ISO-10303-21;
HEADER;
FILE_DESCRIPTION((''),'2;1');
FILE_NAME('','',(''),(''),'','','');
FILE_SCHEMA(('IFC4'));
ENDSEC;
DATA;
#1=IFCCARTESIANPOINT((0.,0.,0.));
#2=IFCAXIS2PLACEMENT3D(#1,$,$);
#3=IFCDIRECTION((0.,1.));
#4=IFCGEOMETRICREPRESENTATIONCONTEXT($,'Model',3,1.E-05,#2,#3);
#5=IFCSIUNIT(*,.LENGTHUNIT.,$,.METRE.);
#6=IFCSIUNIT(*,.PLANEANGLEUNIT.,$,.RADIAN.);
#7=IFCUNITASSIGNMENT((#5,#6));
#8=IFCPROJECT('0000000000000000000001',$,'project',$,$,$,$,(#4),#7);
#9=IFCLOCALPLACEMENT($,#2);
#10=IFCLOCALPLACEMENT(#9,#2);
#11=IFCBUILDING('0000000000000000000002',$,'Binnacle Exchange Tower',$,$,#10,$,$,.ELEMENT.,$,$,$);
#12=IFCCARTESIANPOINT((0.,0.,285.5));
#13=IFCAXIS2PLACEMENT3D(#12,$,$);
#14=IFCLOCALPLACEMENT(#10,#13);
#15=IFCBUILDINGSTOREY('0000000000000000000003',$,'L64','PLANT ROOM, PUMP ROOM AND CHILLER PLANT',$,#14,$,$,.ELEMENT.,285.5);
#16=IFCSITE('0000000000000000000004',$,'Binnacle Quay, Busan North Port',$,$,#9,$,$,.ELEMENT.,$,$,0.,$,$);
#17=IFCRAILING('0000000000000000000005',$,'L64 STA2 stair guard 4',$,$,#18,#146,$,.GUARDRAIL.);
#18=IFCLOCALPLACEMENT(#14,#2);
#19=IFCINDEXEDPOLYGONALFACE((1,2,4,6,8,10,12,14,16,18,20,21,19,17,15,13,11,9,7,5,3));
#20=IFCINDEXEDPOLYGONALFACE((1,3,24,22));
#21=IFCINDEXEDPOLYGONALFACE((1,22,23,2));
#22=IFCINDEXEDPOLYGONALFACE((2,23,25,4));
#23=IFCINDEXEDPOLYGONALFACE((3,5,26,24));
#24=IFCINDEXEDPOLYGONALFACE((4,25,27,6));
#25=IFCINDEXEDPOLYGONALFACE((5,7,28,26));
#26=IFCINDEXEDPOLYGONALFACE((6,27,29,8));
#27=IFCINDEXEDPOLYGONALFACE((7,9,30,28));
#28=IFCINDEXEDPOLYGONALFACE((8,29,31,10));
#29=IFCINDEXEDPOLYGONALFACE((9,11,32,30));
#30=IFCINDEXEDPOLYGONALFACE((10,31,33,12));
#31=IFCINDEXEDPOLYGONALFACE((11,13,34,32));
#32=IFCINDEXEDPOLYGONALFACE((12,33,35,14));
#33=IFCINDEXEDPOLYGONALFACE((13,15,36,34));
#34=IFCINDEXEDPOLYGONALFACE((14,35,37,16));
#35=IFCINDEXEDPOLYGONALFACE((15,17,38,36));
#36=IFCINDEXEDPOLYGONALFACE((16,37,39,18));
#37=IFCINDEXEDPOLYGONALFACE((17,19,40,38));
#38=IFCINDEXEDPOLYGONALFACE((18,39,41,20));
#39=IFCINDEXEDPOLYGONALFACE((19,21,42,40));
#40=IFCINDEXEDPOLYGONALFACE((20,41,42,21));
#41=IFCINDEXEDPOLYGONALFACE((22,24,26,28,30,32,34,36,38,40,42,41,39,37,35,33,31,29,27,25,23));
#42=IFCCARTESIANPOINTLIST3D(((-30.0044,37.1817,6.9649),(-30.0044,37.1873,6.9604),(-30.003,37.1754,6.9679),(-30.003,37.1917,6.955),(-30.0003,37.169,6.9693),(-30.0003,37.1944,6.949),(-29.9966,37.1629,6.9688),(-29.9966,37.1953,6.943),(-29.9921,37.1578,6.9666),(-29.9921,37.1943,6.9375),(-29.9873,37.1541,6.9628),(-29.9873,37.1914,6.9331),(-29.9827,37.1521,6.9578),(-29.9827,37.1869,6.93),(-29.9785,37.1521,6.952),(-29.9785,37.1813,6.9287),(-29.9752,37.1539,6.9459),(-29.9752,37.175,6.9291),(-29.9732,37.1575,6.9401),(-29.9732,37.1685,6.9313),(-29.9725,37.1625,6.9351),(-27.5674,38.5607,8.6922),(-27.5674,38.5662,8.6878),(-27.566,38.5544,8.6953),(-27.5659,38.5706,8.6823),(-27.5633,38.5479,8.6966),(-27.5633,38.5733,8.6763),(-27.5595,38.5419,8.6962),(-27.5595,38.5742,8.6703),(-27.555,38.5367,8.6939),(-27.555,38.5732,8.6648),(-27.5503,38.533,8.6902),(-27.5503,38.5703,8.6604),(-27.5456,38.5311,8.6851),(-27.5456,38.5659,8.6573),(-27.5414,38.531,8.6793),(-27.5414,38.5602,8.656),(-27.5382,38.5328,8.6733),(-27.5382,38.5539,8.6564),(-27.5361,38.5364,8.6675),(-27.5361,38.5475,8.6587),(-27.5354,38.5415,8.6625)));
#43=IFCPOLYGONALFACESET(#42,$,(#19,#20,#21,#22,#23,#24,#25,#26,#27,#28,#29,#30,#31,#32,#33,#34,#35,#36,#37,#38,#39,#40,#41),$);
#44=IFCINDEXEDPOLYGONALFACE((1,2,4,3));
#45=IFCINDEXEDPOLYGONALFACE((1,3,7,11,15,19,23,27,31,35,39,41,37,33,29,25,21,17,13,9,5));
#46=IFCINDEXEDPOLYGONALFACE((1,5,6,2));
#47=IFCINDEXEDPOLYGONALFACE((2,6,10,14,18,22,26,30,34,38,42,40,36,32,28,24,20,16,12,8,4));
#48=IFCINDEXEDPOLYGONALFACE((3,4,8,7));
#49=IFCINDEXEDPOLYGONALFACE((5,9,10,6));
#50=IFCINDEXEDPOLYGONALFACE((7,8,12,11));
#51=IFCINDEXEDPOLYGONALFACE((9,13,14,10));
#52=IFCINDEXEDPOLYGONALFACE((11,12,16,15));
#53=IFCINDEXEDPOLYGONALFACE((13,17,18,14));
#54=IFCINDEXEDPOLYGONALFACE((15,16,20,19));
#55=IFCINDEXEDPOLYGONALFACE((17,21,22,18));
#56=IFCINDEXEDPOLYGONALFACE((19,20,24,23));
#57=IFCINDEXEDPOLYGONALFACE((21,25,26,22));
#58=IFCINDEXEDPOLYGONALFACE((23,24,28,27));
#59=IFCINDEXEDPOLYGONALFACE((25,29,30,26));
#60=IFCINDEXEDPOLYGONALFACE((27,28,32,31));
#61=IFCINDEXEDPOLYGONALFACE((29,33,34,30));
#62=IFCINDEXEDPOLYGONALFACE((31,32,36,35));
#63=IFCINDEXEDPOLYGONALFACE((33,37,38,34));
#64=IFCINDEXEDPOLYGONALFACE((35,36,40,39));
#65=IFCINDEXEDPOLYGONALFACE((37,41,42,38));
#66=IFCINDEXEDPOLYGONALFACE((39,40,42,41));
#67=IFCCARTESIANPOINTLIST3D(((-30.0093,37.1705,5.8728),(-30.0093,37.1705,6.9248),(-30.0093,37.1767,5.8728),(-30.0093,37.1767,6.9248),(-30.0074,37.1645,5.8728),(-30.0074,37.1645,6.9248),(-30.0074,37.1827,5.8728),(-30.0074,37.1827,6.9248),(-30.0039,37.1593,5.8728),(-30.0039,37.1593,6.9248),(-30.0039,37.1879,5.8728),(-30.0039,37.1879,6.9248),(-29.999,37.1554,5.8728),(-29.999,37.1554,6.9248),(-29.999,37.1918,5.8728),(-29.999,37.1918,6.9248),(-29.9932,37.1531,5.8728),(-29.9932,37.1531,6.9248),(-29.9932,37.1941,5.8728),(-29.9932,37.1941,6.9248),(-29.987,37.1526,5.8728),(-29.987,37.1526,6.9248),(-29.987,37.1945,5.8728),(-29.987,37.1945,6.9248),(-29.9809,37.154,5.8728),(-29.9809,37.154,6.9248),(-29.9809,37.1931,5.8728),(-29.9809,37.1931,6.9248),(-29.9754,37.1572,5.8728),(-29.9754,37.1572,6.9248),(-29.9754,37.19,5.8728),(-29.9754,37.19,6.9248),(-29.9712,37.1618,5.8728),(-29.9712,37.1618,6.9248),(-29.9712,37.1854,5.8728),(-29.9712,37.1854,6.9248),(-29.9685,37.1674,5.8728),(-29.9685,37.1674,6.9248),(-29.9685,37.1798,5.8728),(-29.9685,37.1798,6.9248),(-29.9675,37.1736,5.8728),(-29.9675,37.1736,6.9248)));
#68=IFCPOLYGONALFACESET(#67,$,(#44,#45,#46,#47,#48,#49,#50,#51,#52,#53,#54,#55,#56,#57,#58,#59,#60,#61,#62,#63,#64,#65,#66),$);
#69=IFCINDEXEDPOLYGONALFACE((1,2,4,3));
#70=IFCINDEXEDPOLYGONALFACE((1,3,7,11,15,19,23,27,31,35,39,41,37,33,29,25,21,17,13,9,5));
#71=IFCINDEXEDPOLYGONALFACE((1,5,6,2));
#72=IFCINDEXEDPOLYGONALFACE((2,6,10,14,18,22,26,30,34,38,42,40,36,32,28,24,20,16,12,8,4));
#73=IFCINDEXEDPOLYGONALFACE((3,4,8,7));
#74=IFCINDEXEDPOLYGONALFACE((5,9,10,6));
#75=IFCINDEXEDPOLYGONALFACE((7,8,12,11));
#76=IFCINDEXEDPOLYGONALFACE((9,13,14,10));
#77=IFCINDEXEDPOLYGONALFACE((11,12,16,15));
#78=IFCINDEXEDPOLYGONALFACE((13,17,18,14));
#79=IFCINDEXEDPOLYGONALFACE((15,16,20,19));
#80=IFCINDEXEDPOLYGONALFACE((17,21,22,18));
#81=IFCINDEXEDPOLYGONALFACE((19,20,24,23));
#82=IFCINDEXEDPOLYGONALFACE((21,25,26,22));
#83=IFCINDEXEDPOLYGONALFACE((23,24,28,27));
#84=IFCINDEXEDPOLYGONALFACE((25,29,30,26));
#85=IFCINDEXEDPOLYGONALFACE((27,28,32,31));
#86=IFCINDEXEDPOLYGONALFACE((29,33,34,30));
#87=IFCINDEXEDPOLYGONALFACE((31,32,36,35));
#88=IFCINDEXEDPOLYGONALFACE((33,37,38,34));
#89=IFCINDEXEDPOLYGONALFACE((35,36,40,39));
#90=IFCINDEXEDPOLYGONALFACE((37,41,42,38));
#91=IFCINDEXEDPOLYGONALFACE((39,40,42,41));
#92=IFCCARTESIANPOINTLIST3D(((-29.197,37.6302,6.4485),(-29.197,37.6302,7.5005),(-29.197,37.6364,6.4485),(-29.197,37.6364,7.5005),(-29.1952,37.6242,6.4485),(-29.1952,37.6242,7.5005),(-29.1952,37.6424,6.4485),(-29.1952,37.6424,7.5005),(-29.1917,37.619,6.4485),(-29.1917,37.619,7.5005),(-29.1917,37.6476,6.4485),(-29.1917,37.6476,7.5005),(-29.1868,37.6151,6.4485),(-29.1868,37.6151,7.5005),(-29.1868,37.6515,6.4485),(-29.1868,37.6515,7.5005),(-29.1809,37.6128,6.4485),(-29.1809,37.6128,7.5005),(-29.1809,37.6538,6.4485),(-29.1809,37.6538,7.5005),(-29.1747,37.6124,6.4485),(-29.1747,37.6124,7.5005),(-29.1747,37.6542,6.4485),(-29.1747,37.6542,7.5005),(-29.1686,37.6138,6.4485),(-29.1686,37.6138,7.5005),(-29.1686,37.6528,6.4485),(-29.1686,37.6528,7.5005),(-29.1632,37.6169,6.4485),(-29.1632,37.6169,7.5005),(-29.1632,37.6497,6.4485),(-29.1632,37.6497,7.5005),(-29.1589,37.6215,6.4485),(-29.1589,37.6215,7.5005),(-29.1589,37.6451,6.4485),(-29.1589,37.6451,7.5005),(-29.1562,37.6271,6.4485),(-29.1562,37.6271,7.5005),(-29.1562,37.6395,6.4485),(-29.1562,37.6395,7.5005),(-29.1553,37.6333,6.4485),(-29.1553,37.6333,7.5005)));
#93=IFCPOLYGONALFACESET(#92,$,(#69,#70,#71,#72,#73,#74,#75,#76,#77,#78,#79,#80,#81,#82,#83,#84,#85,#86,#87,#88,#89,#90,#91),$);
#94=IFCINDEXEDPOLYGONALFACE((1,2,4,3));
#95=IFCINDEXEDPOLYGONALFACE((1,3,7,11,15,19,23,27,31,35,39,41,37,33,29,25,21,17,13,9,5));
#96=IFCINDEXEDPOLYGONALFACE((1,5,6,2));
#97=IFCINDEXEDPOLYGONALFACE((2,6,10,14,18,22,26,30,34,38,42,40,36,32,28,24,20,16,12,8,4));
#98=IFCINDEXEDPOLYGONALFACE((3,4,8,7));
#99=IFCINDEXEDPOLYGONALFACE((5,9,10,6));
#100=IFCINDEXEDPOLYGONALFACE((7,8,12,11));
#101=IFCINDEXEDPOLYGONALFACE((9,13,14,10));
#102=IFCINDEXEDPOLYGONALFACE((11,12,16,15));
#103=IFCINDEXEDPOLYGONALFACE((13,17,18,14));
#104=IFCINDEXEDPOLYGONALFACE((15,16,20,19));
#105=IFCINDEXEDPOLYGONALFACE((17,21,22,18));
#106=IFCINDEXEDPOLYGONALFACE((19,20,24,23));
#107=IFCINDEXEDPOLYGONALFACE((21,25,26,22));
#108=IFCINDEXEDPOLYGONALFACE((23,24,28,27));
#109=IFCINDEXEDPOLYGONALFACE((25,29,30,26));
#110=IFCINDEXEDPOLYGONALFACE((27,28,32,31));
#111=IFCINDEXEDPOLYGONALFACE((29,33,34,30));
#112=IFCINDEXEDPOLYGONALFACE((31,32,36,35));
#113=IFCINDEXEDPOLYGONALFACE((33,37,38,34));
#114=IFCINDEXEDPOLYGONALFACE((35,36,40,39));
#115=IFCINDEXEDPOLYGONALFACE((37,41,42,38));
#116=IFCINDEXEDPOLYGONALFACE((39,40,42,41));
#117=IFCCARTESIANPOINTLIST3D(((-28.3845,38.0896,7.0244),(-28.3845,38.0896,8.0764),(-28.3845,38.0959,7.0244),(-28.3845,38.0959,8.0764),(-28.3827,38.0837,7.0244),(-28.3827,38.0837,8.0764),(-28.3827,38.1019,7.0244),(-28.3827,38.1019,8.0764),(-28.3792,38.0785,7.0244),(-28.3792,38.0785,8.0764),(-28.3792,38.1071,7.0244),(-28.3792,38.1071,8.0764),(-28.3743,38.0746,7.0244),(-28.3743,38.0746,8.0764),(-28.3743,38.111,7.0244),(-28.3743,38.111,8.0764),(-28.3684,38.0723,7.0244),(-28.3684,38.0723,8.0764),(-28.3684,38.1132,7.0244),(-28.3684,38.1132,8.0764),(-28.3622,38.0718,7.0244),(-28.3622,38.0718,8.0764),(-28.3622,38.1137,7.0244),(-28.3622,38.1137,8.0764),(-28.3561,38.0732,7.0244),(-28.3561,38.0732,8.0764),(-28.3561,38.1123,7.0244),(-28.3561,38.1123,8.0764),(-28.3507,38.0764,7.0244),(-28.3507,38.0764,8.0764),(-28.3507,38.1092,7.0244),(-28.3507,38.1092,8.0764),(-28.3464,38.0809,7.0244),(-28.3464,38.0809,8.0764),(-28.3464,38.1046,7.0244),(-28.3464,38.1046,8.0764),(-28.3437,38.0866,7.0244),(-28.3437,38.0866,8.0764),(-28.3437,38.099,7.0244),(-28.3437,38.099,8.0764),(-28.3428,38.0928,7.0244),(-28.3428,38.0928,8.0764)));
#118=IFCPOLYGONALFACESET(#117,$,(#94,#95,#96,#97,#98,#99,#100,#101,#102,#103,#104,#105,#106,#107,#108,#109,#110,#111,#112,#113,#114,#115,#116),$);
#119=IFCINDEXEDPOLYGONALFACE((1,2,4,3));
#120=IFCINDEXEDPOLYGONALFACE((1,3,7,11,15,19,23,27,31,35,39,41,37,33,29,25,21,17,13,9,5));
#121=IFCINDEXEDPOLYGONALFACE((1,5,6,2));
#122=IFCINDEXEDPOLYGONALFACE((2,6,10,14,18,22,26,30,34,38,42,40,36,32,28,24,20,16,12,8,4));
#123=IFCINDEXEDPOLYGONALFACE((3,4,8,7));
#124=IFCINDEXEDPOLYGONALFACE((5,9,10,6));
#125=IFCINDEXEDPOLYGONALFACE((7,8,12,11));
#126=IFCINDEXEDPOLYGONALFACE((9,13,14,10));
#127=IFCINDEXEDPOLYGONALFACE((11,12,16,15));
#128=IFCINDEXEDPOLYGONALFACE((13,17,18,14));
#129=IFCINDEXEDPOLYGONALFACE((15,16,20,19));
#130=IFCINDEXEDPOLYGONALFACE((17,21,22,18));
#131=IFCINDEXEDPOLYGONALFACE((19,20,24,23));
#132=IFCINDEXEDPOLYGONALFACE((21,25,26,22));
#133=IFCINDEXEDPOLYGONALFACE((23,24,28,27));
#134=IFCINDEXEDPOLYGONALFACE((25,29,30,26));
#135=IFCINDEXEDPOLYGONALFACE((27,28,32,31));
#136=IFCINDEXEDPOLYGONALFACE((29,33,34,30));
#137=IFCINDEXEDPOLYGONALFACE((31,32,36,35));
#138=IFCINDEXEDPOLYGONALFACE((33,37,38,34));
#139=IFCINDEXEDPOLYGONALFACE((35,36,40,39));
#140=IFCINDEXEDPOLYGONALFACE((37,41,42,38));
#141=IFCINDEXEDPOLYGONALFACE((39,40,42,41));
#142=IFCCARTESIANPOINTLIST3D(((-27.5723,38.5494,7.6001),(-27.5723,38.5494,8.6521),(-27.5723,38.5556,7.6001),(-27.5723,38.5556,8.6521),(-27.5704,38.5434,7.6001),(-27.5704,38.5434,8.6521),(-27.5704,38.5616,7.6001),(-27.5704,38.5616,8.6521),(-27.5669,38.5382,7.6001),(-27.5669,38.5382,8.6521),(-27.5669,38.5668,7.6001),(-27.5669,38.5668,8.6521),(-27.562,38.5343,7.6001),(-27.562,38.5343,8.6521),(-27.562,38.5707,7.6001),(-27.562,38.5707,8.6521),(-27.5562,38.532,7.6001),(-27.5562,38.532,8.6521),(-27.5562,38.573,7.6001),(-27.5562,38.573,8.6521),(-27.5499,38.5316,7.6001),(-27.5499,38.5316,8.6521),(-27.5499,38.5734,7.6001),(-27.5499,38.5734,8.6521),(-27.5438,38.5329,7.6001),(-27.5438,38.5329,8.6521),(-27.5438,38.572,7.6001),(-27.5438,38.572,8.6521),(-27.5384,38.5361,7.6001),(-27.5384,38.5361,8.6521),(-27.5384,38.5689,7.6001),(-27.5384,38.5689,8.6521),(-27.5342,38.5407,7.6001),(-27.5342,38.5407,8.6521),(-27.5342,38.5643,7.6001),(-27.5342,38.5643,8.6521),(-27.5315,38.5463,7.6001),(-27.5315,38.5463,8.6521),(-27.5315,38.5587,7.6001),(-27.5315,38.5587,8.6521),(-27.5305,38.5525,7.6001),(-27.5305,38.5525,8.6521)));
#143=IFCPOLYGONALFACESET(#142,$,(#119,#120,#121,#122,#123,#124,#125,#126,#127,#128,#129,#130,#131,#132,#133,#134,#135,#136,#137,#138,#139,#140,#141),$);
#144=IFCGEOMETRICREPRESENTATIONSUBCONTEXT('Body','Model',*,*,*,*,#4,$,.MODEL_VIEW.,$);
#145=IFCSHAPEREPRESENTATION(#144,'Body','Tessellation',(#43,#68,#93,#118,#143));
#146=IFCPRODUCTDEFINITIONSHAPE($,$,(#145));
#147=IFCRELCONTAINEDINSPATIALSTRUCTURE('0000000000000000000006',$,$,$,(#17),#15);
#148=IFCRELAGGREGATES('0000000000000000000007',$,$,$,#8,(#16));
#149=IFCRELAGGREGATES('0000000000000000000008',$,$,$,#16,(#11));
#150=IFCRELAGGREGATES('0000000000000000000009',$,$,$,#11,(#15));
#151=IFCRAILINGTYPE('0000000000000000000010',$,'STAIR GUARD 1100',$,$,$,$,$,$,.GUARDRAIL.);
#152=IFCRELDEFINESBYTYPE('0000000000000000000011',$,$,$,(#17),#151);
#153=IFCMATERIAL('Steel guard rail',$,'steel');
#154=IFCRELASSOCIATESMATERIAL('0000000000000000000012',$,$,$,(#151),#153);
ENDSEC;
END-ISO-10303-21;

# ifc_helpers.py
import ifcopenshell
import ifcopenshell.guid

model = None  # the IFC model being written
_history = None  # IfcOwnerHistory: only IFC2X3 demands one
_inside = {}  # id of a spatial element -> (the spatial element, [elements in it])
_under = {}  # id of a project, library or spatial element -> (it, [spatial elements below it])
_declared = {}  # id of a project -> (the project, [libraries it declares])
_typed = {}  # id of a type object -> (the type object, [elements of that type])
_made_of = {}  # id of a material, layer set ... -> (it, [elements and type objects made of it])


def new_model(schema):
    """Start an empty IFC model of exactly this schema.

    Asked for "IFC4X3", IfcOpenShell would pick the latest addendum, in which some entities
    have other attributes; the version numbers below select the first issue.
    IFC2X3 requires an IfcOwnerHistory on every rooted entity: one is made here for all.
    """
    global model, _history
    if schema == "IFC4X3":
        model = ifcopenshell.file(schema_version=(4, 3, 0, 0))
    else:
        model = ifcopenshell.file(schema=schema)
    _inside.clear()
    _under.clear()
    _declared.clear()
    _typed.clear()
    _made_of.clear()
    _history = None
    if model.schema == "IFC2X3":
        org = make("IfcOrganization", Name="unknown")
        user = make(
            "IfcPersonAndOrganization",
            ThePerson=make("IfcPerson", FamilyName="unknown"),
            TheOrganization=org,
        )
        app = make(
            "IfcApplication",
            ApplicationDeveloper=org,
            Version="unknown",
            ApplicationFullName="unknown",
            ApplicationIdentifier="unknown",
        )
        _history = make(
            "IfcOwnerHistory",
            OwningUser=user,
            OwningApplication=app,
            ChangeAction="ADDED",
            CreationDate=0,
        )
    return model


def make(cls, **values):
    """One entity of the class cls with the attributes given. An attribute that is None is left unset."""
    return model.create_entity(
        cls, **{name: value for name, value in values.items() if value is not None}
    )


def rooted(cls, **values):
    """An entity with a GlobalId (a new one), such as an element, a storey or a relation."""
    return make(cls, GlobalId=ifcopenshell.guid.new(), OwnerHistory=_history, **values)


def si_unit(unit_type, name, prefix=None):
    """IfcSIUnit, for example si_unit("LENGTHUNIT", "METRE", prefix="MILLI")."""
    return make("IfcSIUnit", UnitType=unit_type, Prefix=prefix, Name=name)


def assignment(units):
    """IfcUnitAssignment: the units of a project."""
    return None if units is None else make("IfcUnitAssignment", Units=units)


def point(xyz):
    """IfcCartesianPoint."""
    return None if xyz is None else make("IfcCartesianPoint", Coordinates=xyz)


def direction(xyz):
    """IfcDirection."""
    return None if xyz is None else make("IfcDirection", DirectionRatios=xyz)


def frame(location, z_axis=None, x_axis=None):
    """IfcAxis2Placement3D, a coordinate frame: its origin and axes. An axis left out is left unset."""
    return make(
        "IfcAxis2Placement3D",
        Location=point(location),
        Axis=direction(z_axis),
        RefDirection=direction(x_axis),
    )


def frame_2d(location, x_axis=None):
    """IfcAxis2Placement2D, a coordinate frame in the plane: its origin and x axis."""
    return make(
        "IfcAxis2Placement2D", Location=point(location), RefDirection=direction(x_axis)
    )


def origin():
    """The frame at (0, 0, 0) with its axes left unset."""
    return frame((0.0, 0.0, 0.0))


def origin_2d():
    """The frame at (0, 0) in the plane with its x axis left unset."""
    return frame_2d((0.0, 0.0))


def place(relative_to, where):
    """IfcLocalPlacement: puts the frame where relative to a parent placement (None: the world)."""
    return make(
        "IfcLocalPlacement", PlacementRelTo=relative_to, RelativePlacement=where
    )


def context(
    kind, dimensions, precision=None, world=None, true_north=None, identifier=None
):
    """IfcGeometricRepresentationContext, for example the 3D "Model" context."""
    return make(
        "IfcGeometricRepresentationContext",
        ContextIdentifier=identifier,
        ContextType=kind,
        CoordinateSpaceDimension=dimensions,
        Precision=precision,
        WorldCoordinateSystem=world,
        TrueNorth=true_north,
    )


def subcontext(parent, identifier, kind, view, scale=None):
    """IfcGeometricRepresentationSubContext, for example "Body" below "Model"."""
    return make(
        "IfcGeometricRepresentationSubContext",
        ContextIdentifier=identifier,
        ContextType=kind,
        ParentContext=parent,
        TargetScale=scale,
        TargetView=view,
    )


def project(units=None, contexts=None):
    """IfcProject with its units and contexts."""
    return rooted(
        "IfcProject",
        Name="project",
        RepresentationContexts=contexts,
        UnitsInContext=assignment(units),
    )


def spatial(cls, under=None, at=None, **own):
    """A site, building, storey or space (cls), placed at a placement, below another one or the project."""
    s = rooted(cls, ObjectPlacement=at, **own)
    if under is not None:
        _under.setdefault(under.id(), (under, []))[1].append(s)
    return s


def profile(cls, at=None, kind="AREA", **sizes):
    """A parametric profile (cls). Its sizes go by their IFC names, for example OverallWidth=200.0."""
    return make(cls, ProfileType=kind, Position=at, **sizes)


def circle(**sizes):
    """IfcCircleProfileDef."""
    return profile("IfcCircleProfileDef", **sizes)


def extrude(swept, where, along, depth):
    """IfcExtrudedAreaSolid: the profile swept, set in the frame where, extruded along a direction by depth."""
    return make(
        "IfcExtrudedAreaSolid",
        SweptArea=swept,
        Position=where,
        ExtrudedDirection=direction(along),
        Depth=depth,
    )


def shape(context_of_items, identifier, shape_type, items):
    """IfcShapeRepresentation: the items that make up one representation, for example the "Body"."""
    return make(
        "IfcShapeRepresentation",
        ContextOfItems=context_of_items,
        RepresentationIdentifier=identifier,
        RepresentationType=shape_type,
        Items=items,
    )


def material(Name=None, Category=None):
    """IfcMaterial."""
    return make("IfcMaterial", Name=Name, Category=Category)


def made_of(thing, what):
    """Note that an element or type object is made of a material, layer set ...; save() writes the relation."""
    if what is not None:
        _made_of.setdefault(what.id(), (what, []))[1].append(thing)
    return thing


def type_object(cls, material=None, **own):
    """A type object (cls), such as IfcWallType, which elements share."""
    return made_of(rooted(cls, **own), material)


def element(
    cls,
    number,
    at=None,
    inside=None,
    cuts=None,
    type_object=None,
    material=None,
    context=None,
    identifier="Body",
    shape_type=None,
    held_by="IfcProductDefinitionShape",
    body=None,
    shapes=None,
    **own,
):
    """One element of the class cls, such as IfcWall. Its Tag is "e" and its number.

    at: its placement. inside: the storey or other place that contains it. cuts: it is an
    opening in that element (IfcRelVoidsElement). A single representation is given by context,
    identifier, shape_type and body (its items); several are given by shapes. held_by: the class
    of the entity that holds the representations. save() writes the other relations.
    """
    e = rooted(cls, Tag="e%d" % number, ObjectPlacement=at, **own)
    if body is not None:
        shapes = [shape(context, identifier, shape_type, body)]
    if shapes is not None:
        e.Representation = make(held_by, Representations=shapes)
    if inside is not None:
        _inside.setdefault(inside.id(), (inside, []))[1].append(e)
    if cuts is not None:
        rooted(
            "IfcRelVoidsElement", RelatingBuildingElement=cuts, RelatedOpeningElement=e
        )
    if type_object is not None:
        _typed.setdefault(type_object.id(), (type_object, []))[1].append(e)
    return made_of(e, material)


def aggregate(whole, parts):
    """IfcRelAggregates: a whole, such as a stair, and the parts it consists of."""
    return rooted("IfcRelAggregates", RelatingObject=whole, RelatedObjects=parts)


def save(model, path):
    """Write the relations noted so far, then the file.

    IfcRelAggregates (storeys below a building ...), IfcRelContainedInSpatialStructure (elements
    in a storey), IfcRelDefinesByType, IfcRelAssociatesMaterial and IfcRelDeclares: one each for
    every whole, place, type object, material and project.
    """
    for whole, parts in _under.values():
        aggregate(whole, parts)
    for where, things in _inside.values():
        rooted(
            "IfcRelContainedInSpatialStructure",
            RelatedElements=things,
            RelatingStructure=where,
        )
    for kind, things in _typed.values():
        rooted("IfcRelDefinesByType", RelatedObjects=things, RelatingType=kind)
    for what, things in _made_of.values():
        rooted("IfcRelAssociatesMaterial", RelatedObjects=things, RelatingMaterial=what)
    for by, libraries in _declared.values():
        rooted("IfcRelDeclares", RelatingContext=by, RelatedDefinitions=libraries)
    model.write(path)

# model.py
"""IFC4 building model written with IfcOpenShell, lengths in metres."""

from ifc_helpers import new_model, si_unit, direction, frame, origin, origin_2d, place, context, subcontext, project, spatial, circle, extrude, material, type_object, element, save


model = new_model("IFC4")

# Units and contexts
model_context = context("Model", 3, precision=1e-05, world=origin(), true_north=direction((0.0, 1.0)))
body_context = subcontext(model_context, "Body", "Model", "MODEL_VIEW")
ifc_project = project(units=[si_unit("LENGTHUNIT", "METRE"), si_unit("PLANEANGLEUNIT", "RADIAN")], contexts=[model_context])

# Site, building, storey
site_placement = place(None, origin())
site = spatial("IfcSite", under=ifc_project, at=site_placement, Name="Binnacle Quay, Busan North Port", CompositionType="ELEMENT", RefElevation=0.0)
building_placement = place(site_placement, origin())
building = spatial("IfcBuilding", under=site, at=building_placement, Name="Binnacle Exchange Tower", CompositionType="ELEMENT")
storey_placement = place(building_placement, frame((0.0, 0.0, 285.5)))
storey = spatial("IfcBuildingStorey", under=building, at=storey_placement, Name="L64", Description="PLANT ROOM, PUMP ROOM AND CHILLER PLANT", CompositionType="ELEMENT", Elevation=285.5)

# Railing
ifc_material_1 = material(Name="Steel guard rail", Category="steel")
railing_type_1 = type_object("IfcRailingType", Name="STAIR GUARD 1100", PredefinedType="GUARDRAIL", material=ifc_material_1)
railing_1_placement = place(storey_placement, frame((-29.9885, 37.1736, 5.8728)))
element("IfcRailing", 1, at=railing_1_placement, inside=storey, type_object=railing_type_1, Name="L64 STA2 stair guard 4", PredefinedType="GUARDRAIL", context=body_context, shape_type="SweptSolid", body=[
    extrude(circle(Radius=0.0239, at=origin_2d()), frame((0.0, 0.0, 1.0762), z_axis=(0.740738, 0.419123, 0.525017), x_axis=(-0.492454, 0.870339, 0.0)), (0.0, 0.0, 1.0), 3.29),
    extrude(circle(Radius=0.021, at=origin_2d()), origin(), (0.0, 0.0, 1.0), 1.052),
    extrude(circle(Radius=0.021, at=origin_2d()), frame((0.8123, 0.4597, 0.5757)), (0.0, 0.0, 1.0), 1.052),
    extrude(circle(Radius=0.021, at=origin_2d()), frame((1.6248, 0.9192, 1.1516)), (0.0, 0.0, 1.0), 1.052),
    extrude(circle(Radius=0.021, at=origin_2d()), frame((2.437, 1.3789, 1.7273)), (0.0, 0.0, 1.0), 1.052),
])

save(model, "model.ifc")
